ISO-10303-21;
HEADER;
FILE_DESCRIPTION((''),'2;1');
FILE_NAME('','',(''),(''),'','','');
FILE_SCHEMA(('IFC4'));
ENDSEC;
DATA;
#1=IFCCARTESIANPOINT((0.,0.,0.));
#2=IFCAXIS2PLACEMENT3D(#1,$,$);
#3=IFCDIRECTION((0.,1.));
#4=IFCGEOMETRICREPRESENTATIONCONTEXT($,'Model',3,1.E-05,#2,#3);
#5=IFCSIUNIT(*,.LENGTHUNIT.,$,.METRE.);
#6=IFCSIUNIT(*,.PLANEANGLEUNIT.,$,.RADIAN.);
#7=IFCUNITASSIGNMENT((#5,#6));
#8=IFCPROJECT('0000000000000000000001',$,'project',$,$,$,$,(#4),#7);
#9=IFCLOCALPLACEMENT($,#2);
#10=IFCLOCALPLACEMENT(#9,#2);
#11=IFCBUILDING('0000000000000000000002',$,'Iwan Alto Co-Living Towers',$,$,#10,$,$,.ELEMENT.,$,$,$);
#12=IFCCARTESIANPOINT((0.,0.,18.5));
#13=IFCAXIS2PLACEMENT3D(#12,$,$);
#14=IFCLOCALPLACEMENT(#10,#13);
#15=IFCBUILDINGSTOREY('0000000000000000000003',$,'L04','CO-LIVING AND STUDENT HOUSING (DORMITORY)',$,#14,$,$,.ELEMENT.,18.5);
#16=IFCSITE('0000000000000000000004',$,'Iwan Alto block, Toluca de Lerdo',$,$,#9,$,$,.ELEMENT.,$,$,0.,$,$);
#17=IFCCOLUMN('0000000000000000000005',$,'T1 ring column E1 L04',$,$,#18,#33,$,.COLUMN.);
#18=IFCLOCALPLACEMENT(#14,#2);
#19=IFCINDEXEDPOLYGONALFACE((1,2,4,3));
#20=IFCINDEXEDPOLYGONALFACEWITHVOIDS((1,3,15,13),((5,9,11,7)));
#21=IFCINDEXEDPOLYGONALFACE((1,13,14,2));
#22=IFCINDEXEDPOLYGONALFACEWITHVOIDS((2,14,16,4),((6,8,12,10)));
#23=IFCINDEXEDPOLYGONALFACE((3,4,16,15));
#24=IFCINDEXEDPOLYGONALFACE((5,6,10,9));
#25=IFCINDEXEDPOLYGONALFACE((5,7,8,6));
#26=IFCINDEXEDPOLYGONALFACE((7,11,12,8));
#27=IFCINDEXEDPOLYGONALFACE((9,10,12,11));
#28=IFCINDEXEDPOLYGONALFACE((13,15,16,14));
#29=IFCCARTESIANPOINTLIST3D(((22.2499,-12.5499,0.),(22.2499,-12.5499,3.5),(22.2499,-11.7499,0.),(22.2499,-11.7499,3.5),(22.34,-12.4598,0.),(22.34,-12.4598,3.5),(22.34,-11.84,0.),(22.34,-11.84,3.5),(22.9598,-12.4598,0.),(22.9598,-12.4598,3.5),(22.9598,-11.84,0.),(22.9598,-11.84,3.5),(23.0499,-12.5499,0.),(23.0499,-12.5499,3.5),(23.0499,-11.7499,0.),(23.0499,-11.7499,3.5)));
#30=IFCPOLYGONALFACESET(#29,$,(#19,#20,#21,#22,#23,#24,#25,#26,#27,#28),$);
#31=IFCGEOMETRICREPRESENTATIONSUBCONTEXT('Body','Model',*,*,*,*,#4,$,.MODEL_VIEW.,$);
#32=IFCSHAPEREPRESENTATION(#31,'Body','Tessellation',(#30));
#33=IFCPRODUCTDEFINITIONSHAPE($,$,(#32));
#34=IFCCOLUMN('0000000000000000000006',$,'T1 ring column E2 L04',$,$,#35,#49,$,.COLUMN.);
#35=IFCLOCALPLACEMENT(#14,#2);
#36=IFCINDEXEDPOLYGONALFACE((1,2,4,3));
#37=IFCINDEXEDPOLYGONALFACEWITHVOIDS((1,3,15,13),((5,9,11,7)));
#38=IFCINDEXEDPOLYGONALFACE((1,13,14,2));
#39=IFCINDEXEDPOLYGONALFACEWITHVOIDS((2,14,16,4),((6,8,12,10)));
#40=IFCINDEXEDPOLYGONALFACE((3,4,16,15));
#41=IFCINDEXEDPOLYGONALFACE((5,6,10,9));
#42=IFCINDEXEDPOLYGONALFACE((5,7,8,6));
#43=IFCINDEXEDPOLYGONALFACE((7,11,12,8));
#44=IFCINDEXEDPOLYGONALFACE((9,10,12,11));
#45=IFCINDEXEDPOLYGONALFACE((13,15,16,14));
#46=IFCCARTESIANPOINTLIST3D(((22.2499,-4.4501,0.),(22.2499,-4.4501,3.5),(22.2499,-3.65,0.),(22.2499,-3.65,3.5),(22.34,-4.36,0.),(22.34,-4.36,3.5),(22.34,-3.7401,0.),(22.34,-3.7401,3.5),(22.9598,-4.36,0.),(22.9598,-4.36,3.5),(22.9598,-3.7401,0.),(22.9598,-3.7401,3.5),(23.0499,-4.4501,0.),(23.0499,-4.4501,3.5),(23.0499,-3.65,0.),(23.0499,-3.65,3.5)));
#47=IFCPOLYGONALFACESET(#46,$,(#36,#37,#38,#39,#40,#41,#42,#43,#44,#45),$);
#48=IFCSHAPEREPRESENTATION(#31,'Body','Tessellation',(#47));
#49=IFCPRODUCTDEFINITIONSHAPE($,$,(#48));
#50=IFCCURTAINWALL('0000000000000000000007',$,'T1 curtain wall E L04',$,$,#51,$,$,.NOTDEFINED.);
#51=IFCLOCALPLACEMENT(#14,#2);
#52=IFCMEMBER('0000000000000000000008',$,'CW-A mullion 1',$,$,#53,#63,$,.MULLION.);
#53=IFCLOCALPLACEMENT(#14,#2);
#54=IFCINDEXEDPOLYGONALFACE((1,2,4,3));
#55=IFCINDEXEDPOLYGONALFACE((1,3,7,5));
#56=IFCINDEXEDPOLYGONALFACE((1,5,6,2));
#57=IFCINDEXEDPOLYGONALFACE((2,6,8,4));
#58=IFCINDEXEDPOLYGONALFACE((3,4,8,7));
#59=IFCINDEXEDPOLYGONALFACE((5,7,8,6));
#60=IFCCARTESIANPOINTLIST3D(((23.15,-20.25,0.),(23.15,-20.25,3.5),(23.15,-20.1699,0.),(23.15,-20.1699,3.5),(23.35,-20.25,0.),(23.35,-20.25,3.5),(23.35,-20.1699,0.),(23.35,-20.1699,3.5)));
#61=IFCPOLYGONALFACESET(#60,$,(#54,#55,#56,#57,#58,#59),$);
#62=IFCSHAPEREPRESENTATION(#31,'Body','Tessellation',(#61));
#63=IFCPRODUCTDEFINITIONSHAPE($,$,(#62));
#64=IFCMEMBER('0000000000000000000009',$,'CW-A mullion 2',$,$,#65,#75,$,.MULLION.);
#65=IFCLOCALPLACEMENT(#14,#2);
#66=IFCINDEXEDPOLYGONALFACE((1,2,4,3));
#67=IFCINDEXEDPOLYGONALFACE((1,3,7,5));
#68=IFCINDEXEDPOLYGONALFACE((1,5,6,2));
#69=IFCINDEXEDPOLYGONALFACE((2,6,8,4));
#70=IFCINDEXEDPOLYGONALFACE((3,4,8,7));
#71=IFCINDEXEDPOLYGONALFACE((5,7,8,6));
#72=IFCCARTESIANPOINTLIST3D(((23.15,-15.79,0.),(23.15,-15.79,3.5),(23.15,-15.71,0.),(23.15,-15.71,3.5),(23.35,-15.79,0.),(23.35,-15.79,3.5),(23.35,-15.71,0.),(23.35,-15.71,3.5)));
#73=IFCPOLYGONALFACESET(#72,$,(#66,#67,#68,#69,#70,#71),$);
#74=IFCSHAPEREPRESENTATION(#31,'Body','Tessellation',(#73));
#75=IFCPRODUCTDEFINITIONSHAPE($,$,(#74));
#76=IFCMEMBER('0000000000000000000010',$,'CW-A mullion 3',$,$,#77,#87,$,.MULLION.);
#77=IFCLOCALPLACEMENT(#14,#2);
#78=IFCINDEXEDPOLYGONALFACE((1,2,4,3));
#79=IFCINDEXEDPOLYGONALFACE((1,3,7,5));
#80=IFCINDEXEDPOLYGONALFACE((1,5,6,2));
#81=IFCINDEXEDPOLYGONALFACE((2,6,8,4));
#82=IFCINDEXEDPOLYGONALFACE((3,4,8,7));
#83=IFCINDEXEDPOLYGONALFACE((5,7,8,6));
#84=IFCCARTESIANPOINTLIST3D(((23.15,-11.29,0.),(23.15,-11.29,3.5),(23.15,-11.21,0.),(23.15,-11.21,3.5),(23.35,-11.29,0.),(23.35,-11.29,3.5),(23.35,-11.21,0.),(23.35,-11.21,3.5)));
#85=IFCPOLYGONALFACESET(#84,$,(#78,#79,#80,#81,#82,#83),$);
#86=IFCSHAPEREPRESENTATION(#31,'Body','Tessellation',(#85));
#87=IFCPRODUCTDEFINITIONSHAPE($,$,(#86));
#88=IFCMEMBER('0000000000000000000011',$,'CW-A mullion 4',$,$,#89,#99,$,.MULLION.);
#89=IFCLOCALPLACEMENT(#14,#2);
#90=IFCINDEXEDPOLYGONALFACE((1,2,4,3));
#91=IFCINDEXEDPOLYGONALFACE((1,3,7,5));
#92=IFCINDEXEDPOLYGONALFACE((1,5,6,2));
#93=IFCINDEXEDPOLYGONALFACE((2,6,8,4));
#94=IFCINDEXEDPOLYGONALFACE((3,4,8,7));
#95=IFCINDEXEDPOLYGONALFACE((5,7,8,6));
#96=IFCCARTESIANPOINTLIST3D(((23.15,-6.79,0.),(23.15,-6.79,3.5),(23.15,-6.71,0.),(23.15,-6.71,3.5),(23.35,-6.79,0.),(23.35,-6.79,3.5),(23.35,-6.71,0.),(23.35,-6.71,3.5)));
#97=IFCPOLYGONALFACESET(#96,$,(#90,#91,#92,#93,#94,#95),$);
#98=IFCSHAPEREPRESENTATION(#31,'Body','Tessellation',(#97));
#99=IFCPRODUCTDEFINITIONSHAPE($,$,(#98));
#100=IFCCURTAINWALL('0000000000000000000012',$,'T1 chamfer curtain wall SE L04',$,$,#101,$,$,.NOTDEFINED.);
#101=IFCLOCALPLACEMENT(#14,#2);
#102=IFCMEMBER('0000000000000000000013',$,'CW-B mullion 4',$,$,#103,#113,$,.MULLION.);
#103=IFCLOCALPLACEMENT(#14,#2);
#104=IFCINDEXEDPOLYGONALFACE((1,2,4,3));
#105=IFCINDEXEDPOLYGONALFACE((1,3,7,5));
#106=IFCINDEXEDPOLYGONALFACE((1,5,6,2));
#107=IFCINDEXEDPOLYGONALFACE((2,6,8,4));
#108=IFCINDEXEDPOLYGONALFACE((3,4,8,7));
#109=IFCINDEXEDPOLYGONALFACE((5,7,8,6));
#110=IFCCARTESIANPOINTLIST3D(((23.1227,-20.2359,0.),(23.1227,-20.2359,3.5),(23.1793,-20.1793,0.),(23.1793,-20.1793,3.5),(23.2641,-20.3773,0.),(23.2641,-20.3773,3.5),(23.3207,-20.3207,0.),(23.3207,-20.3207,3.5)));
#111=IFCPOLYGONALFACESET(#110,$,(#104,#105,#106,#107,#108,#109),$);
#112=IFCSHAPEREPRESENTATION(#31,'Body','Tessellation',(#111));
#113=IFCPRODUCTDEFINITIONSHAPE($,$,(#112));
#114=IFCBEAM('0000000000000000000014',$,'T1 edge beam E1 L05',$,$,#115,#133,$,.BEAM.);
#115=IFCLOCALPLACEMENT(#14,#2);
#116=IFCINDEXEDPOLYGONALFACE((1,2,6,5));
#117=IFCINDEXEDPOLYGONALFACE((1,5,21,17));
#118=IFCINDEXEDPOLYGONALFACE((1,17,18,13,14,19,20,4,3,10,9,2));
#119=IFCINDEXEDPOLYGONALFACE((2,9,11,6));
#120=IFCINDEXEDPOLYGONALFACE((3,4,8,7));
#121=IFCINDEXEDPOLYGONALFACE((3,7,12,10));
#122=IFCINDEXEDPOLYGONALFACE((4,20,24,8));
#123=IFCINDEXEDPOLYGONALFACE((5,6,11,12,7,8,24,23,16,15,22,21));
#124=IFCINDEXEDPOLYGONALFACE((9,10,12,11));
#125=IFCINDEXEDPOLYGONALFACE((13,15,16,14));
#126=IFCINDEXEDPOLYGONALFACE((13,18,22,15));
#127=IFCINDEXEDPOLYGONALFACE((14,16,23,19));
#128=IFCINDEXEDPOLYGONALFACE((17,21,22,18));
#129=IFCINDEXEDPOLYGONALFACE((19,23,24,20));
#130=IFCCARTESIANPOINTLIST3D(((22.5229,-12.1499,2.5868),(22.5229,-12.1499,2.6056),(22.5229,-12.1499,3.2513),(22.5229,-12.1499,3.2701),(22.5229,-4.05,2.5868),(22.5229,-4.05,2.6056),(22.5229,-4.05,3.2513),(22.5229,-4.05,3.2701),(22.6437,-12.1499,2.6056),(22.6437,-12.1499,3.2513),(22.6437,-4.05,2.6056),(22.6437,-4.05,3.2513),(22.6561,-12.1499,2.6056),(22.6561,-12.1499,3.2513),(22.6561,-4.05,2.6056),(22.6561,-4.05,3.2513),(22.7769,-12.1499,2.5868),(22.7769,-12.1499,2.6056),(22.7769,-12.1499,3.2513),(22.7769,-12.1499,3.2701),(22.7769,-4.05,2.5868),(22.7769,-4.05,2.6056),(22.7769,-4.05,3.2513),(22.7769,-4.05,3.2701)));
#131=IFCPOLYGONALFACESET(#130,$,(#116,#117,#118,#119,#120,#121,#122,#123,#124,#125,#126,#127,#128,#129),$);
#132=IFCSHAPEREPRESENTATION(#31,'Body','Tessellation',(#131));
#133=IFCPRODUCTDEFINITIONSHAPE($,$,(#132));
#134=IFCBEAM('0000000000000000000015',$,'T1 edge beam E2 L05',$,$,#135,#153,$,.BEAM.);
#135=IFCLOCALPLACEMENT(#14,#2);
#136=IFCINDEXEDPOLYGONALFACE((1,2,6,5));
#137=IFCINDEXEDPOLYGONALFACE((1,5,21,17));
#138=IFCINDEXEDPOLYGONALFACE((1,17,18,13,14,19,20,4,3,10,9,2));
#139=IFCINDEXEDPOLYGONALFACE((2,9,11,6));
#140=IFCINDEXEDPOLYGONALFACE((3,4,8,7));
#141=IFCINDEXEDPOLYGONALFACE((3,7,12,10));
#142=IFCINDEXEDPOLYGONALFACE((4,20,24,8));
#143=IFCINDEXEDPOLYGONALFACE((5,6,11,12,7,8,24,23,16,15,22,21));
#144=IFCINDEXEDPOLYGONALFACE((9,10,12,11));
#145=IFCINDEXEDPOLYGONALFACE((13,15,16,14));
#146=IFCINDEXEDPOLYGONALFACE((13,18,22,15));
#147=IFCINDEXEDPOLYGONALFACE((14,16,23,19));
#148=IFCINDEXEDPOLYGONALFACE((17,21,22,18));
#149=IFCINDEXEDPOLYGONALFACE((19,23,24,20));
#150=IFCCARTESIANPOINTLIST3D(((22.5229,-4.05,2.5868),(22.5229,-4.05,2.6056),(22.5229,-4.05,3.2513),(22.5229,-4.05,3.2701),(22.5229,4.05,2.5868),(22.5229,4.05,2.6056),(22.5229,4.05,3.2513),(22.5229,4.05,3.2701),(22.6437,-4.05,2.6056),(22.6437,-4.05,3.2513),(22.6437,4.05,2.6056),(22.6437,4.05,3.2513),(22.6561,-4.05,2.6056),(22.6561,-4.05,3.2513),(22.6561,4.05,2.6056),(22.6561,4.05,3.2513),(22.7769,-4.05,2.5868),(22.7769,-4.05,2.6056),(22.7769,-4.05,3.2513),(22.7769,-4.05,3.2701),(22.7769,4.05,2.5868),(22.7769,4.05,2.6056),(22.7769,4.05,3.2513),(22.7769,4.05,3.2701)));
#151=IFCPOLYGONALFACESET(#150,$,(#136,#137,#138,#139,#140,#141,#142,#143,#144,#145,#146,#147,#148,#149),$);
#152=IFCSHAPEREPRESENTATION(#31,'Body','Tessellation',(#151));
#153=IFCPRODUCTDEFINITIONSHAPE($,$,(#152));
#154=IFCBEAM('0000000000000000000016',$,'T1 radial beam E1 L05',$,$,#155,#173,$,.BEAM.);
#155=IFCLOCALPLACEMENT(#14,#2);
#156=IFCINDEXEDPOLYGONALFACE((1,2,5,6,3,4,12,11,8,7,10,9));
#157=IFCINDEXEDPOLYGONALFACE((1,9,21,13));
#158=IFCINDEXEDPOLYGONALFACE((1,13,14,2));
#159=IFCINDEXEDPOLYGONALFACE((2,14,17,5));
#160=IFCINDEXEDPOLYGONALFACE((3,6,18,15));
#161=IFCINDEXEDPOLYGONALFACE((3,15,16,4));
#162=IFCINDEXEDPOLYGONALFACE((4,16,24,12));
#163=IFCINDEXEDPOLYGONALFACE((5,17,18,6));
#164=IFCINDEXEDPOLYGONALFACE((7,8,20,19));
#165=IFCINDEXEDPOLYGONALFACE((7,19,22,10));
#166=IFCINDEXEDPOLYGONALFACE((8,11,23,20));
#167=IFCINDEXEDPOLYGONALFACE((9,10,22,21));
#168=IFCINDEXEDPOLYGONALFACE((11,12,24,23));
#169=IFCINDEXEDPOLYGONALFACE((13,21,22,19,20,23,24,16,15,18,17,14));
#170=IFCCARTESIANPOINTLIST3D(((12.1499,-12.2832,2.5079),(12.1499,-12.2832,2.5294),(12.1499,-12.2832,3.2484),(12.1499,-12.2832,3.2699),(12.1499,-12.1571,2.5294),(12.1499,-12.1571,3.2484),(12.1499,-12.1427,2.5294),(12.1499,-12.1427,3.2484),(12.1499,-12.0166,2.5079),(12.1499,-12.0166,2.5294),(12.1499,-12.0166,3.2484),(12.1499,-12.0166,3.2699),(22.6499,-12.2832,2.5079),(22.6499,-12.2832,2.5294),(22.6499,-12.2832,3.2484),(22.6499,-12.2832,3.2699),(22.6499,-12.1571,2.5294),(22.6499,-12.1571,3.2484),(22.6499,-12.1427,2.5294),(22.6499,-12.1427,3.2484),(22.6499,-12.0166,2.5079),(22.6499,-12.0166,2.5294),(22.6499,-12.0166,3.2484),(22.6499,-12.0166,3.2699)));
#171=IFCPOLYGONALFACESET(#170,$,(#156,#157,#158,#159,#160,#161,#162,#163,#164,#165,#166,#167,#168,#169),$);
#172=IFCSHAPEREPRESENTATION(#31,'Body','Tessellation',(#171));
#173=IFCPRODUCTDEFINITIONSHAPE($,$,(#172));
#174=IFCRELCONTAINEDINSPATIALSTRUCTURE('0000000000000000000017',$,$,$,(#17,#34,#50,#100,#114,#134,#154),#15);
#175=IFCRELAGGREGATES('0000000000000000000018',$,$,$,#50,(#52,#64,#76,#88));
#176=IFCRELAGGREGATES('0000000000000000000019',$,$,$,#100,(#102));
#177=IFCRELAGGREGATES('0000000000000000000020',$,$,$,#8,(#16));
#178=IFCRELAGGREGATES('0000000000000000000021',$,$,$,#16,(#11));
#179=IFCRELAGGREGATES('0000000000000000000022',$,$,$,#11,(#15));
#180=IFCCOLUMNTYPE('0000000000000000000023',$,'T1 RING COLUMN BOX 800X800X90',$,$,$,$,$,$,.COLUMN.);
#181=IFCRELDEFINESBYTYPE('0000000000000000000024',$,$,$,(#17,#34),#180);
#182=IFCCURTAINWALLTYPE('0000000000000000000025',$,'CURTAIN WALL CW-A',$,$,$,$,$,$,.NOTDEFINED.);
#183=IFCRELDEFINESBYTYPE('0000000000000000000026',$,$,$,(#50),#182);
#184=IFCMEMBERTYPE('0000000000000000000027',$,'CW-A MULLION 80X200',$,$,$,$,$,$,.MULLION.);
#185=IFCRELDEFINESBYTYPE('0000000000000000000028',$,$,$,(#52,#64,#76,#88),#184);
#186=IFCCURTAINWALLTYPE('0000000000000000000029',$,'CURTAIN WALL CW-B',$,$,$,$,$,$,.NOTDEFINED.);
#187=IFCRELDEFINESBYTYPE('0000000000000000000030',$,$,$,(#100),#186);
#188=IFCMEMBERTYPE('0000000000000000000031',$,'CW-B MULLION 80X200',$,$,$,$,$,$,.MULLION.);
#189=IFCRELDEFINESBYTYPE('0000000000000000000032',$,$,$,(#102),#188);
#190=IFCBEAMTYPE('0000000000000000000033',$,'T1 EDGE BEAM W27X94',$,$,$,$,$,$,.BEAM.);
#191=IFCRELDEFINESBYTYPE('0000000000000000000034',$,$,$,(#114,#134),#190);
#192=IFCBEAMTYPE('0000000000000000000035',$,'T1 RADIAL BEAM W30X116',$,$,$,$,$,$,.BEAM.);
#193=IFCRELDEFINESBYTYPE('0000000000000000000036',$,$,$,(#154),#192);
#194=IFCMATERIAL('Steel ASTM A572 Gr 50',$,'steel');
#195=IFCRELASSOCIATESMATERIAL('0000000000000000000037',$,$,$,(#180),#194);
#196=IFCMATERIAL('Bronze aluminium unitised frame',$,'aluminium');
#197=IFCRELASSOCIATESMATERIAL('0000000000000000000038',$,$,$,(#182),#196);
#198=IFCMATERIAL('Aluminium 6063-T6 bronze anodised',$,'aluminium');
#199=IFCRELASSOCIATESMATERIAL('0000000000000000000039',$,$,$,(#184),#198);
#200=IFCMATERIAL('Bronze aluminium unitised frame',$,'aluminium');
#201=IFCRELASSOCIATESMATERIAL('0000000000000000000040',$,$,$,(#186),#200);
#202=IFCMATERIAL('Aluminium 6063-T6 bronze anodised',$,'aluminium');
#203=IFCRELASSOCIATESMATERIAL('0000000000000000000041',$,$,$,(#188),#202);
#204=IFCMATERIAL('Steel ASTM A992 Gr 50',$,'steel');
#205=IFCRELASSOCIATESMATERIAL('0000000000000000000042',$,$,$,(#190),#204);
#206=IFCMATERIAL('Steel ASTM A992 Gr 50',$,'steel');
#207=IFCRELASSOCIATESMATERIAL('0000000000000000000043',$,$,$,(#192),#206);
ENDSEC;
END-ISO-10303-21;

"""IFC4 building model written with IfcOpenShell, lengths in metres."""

from ifc_helpers import new_model, si_unit, direction, frame, origin, origin_2d, place, context, subcontext, project, spatial, rectangle, hollow_rectangle, i_section, extrude, material, material_profile, profile_set, type_object, element, aggregate, save


model = new_model("IFC4")

# Units and contexts
model_context = context("Model", 3, precision=1e-05, world=origin(), true_north=direction((0.0, 1.0)))
body_context = subcontext(model_context, "Body", "Model", "MODEL_VIEW")
ifc_project = project(units=[si_unit("LENGTHUNIT", "METRE"), si_unit("PLANEANGLEUNIT", "RADIAN")], contexts=[model_context])

# Site, building, storey
site_placement = place(None, origin())
site = spatial("IfcSite", under=ifc_project, at=site_placement, Name="Iwan Alto block, Toluca de Lerdo", CompositionType="ELEMENT", RefElevation=0.0)
building_placement = place(site_placement, origin())
building = spatial("IfcBuilding", under=site, at=building_placement, Name="Iwan Alto Co-Living Towers", CompositionType="ELEMENT")
storey_placement = place(building_placement, frame((0.0, 0.0, 18.5)))
storey = spatial("IfcBuildingStorey", under=building, at=storey_placement, Name="L04", Description="CO-LIVING AND STUDENT HOUSING (DORMITORY)", CompositionType="ELEMENT", Elevation=18.5)

# Columns
ifc_material_1 = material(Name="Steel ASTM A572 Gr 50", Category="steel")
ifc_material_profile_1 = material_profile(ifc_material_1, hollow_rectangle(XDim=0.8, YDim=0.8, WallThickness=0.0901, at=origin_2d()), Name="BOX 800X800X90")
ifc_profile_set_1 = profile_set([ifc_material_profile_1], Name="Steel ASTM A572 Gr 50")
column_type = type_object("IfcColumnType", Name="T1 RING COLUMN BOX 800X800X90", PredefinedType="COLUMN", material=ifc_profile_set_1)
for number, where, z_axis, x_axis, name in (
    (1, (22.6499, -12.1499, 0.0), (0.0, 0.0, 1.0), (1.0, 0.0, 0.0), "T1 ring column E1 L04"),
    (2, (22.6499, -4.05, 0.0), (0.0, 0.0, 1.0), (1.0, 0.0, 0.0), "T1 ring column E2 L04"),
):
    element("IfcColumn", number, at=place(storey_placement, frame(where, z_axis=z_axis, x_axis=x_axis)), inside=storey, type_object=column_type, Name=name, PredefinedType="COLUMN", context=body_context, shape_type="SweptSolid", body=[
        extrude(hollow_rectangle(XDim=0.8, YDim=0.8, WallThickness=0.0901, at=origin_2d()), origin(), (0.0, 0.0, 1.0), 3.5),
    ])

# Curtain wall, members
ifc_material_2 = material(Name="Bronze aluminium unitised frame", Category="aluminium")
curtain_wall_type_1 = type_object("IfcCurtainWallType", Name="CURTAIN WALL CW-A", PredefinedType="NOTDEFINED", material=ifc_material_2)
curtain_wall_1_placement = place(storey_placement, origin())
curtain_wall_1 = element("IfcCurtainWall", 3, at=curtain_wall_1_placement, inside=storey, type_object=curtain_wall_type_1, Name="T1 curtain wall E L04", PredefinedType="NOTDEFINED")
ifc_material_3 = material(Name="Aluminium 6063-T6 bronze anodised", Category="aluminium")
ifc_material_profile_2 = material_profile(ifc_material_3, rectangle(XDim=0.2, YDim=0.0801, at=origin_2d()), Name="AL 80X200")
ifc_profile_set_2 = profile_set([ifc_material_profile_2], Name="Aluminium 6063-T6 bronze anodised")
member_type_1 = type_object("IfcMemberType", Name="CW-A MULLION 80X200", PredefinedType="MULLION", material=ifc_profile_set_2)
member_1_placement = place(storey_placement, frame((23.25, -20.21, 0.0), z_axis=(0.0, 0.0, 1.0), x_axis=(-1.0, 0.0, 0.0)))
member_1 = element("IfcMember", 4, at=member_1_placement, type_object=member_type_1, Name="CW-A mullion 1", PredefinedType="MULLION", context=body_context, shape_type="SweptSolid", body=[
    extrude(rectangle(XDim=0.2, YDim=0.0801, at=origin_2d()), origin(), (0.0, 0.0, 1.0), 3.5),
])
member_2_placement = place(storey_placement, frame((23.25, -15.75, 0.0), z_axis=(0.0, 0.0, 1.0), x_axis=(-1.0, 0.0, 0.0)))
member_2 = element("IfcMember", 5, at=member_2_placement, type_object=member_type_1, Name="CW-A mullion 2", PredefinedType="MULLION", context=body_context, shape_type="SweptSolid", body=[
    extrude(rectangle(XDim=0.2, YDim=0.0801, at=origin_2d()), origin(), (0.0, 0.0, 1.0), 3.5),
])
member_3_placement = place(storey_placement, frame((23.25, -11.25, 0.0), z_axis=(0.0, 0.0, 1.0), x_axis=(-1.0, 0.0, 0.0)))
member_3 = element("IfcMember", 6, at=member_3_placement, type_object=member_type_1, Name="CW-A mullion 3", PredefinedType="MULLION", context=body_context, shape_type="SweptSolid", body=[
    extrude(rectangle(XDim=0.2, YDim=0.0801, at=origin_2d()), origin(), (0.0, 0.0, 1.0), 3.5),
])
member_4_placement = place(storey_placement, frame((23.25, -6.75, 0.0), z_axis=(0.0, 0.0, 1.0), x_axis=(-1.0, 0.0, 0.0)))
member_4 = element("IfcMember", 7, at=member_4_placement, type_object=member_type_1, Name="CW-A mullion 4", PredefinedType="MULLION", context=body_context, shape_type="SweptSolid", body=[
    extrude(rectangle(XDim=0.2, YDim=0.0801, at=origin_2d()), origin(), (0.0, 0.0, 1.0), 3.5),
])
aggregate(curtain_wall_1, [member_1, member_2, member_3, member_4])

# Curtain wall, member
ifc_material_4 = material(Name="Bronze aluminium unitised frame", Category="aluminium")
curtain_wall_type_2 = type_object("IfcCurtainWallType", Name="CURTAIN WALL CW-B", PredefinedType="NOTDEFINED", material=ifc_material_4)
curtain_wall_2_placement = place(storey_placement, origin())
curtain_wall_2 = element("IfcCurtainWall", 8, at=curtain_wall_2_placement, inside=storey, type_object=curtain_wall_type_2, Name="T1 chamfer curtain wall SE L04", PredefinedType="NOTDEFINED")
ifc_material_5 = material(Name="Aluminium 6063-T6 bronze anodised", Category="aluminium")
ifc_material_profile_3 = material_profile(ifc_material_5, rectangle(XDim=0.2, YDim=0.0801, at=origin_2d()), Name="AL 80X200")
ifc_profile_set_3 = profile_set([ifc_material_profile_3], Name="Aluminium 6063-T6 bronze anodised")
member_type_2 = type_object("IfcMemberType", Name="CW-B MULLION 80X200", PredefinedType="MULLION", material=ifc_profile_set_3)
member_5_placement = place(storey_placement, frame((23.2217, -20.2783, 0.0), z_axis=(0.0, 0.0, 1.0), x_axis=(-0.707107, 0.707107, 0.0)))
member_5 = element("IfcMember", 9, at=member_5_placement, type_object=member_type_2, Name="CW-B mullion 4", PredefinedType="MULLION", context=body_context, shape_type="SweptSolid", body=[
    extrude(rectangle(XDim=0.2, YDim=0.0801, at=origin_2d()), origin(), (0.0, 0.0, 1.0), 3.5),
])

# Beams
ifc_material_6 = material(Name="Steel ASTM A992 Gr 50", Category="steel")
ifc_material_profile_4 = material_profile(ifc_material_6, i_section(OverallWidth=0.2539, OverallDepth=0.6833, WebThickness=0.0125, FlangeThickness=0.0188, at=origin_2d()), Name="W27X94")
ifc_profile_set_4 = profile_set([ifc_material_profile_4], Name="Steel ASTM A992 Gr 50")
beam_type_1 = type_object("IfcBeamType", Name="T1 EDGE BEAM W27X94", PredefinedType="BEAM", material=ifc_profile_set_4)
beam_1_placement = place(storey_placement, frame((22.6499, -12.1499, 2.9285), z_axis=(0.0, 1.0, 0.0), x_axis=(-1.0, 0.0, 0.0)))
element("IfcBeam", 10, at=beam_1_placement, inside=storey, type_object=beam_type_1, Name="T1 edge beam E1 L05", PredefinedType="BEAM", context=body_context, shape_type="SweptSolid", body=[
    extrude(i_section(OverallWidth=0.2539, OverallDepth=0.6833, WebThickness=0.0125, FlangeThickness=0.0188, at=origin_2d()), origin(), (0.0, 0.0, 1.0), 8.0999),
])
beam_2_placement = place(storey_placement, frame((22.6499, -4.05, 2.9285), z_axis=(0.0, 1.0, 0.0), x_axis=(-1.0, 0.0, 0.0)))
element("IfcBeam", 11, at=beam_2_placement, inside=storey, type_object=beam_type_1, Name="T1 edge beam E2 L05", PredefinedType="BEAM", context=body_context, shape_type="SweptSolid", body=[
    extrude(i_section(OverallWidth=0.2539, OverallDepth=0.6833, WebThickness=0.0125, FlangeThickness=0.0188, at=origin_2d()), origin(), (0.0, 0.0, 1.0), 8.1001),
])
ifc_material_7 = material(Name="Steel ASTM A992 Gr 50", Category="steel")
ifc_material_profile_5 = material_profile(ifc_material_7, i_section(OverallWidth=0.2666, OverallDepth=0.762, WebThickness=0.0144, FlangeThickness=0.0215, at=origin_2d()), Name="W30X116")
ifc_profile_set_5 = profile_set([ifc_material_profile_5], Name="Steel ASTM A992 Gr 50")
beam_type_2 = type_object("IfcBeamType", Name="T1 RADIAL BEAM W30X116", PredefinedType="BEAM", material=ifc_profile_set_5)
beam_3_placement = place(storey_placement, frame((22.6499, -12.1499, 2.8889), z_axis=(-1.0, 0.0, 0.0), x_axis=(0.0, -1.0, 0.0)))
element("IfcBeam", 12, at=beam_3_placement, inside=storey, type_object=beam_type_2, Name="T1 radial beam E1 L05", PredefinedType="BEAM", context=body_context, shape_type="SweptSolid", body=[
    extrude(i_section(OverallWidth=0.2666, OverallDepth=0.762, WebThickness=0.0144, FlangeThickness=0.0215, at=origin_2d()), origin(), (0.0, 0.0, 1.0), 10.5),
])

aggregate(curtain_wall_2, [member_5])

save(model, "model.ifc")
